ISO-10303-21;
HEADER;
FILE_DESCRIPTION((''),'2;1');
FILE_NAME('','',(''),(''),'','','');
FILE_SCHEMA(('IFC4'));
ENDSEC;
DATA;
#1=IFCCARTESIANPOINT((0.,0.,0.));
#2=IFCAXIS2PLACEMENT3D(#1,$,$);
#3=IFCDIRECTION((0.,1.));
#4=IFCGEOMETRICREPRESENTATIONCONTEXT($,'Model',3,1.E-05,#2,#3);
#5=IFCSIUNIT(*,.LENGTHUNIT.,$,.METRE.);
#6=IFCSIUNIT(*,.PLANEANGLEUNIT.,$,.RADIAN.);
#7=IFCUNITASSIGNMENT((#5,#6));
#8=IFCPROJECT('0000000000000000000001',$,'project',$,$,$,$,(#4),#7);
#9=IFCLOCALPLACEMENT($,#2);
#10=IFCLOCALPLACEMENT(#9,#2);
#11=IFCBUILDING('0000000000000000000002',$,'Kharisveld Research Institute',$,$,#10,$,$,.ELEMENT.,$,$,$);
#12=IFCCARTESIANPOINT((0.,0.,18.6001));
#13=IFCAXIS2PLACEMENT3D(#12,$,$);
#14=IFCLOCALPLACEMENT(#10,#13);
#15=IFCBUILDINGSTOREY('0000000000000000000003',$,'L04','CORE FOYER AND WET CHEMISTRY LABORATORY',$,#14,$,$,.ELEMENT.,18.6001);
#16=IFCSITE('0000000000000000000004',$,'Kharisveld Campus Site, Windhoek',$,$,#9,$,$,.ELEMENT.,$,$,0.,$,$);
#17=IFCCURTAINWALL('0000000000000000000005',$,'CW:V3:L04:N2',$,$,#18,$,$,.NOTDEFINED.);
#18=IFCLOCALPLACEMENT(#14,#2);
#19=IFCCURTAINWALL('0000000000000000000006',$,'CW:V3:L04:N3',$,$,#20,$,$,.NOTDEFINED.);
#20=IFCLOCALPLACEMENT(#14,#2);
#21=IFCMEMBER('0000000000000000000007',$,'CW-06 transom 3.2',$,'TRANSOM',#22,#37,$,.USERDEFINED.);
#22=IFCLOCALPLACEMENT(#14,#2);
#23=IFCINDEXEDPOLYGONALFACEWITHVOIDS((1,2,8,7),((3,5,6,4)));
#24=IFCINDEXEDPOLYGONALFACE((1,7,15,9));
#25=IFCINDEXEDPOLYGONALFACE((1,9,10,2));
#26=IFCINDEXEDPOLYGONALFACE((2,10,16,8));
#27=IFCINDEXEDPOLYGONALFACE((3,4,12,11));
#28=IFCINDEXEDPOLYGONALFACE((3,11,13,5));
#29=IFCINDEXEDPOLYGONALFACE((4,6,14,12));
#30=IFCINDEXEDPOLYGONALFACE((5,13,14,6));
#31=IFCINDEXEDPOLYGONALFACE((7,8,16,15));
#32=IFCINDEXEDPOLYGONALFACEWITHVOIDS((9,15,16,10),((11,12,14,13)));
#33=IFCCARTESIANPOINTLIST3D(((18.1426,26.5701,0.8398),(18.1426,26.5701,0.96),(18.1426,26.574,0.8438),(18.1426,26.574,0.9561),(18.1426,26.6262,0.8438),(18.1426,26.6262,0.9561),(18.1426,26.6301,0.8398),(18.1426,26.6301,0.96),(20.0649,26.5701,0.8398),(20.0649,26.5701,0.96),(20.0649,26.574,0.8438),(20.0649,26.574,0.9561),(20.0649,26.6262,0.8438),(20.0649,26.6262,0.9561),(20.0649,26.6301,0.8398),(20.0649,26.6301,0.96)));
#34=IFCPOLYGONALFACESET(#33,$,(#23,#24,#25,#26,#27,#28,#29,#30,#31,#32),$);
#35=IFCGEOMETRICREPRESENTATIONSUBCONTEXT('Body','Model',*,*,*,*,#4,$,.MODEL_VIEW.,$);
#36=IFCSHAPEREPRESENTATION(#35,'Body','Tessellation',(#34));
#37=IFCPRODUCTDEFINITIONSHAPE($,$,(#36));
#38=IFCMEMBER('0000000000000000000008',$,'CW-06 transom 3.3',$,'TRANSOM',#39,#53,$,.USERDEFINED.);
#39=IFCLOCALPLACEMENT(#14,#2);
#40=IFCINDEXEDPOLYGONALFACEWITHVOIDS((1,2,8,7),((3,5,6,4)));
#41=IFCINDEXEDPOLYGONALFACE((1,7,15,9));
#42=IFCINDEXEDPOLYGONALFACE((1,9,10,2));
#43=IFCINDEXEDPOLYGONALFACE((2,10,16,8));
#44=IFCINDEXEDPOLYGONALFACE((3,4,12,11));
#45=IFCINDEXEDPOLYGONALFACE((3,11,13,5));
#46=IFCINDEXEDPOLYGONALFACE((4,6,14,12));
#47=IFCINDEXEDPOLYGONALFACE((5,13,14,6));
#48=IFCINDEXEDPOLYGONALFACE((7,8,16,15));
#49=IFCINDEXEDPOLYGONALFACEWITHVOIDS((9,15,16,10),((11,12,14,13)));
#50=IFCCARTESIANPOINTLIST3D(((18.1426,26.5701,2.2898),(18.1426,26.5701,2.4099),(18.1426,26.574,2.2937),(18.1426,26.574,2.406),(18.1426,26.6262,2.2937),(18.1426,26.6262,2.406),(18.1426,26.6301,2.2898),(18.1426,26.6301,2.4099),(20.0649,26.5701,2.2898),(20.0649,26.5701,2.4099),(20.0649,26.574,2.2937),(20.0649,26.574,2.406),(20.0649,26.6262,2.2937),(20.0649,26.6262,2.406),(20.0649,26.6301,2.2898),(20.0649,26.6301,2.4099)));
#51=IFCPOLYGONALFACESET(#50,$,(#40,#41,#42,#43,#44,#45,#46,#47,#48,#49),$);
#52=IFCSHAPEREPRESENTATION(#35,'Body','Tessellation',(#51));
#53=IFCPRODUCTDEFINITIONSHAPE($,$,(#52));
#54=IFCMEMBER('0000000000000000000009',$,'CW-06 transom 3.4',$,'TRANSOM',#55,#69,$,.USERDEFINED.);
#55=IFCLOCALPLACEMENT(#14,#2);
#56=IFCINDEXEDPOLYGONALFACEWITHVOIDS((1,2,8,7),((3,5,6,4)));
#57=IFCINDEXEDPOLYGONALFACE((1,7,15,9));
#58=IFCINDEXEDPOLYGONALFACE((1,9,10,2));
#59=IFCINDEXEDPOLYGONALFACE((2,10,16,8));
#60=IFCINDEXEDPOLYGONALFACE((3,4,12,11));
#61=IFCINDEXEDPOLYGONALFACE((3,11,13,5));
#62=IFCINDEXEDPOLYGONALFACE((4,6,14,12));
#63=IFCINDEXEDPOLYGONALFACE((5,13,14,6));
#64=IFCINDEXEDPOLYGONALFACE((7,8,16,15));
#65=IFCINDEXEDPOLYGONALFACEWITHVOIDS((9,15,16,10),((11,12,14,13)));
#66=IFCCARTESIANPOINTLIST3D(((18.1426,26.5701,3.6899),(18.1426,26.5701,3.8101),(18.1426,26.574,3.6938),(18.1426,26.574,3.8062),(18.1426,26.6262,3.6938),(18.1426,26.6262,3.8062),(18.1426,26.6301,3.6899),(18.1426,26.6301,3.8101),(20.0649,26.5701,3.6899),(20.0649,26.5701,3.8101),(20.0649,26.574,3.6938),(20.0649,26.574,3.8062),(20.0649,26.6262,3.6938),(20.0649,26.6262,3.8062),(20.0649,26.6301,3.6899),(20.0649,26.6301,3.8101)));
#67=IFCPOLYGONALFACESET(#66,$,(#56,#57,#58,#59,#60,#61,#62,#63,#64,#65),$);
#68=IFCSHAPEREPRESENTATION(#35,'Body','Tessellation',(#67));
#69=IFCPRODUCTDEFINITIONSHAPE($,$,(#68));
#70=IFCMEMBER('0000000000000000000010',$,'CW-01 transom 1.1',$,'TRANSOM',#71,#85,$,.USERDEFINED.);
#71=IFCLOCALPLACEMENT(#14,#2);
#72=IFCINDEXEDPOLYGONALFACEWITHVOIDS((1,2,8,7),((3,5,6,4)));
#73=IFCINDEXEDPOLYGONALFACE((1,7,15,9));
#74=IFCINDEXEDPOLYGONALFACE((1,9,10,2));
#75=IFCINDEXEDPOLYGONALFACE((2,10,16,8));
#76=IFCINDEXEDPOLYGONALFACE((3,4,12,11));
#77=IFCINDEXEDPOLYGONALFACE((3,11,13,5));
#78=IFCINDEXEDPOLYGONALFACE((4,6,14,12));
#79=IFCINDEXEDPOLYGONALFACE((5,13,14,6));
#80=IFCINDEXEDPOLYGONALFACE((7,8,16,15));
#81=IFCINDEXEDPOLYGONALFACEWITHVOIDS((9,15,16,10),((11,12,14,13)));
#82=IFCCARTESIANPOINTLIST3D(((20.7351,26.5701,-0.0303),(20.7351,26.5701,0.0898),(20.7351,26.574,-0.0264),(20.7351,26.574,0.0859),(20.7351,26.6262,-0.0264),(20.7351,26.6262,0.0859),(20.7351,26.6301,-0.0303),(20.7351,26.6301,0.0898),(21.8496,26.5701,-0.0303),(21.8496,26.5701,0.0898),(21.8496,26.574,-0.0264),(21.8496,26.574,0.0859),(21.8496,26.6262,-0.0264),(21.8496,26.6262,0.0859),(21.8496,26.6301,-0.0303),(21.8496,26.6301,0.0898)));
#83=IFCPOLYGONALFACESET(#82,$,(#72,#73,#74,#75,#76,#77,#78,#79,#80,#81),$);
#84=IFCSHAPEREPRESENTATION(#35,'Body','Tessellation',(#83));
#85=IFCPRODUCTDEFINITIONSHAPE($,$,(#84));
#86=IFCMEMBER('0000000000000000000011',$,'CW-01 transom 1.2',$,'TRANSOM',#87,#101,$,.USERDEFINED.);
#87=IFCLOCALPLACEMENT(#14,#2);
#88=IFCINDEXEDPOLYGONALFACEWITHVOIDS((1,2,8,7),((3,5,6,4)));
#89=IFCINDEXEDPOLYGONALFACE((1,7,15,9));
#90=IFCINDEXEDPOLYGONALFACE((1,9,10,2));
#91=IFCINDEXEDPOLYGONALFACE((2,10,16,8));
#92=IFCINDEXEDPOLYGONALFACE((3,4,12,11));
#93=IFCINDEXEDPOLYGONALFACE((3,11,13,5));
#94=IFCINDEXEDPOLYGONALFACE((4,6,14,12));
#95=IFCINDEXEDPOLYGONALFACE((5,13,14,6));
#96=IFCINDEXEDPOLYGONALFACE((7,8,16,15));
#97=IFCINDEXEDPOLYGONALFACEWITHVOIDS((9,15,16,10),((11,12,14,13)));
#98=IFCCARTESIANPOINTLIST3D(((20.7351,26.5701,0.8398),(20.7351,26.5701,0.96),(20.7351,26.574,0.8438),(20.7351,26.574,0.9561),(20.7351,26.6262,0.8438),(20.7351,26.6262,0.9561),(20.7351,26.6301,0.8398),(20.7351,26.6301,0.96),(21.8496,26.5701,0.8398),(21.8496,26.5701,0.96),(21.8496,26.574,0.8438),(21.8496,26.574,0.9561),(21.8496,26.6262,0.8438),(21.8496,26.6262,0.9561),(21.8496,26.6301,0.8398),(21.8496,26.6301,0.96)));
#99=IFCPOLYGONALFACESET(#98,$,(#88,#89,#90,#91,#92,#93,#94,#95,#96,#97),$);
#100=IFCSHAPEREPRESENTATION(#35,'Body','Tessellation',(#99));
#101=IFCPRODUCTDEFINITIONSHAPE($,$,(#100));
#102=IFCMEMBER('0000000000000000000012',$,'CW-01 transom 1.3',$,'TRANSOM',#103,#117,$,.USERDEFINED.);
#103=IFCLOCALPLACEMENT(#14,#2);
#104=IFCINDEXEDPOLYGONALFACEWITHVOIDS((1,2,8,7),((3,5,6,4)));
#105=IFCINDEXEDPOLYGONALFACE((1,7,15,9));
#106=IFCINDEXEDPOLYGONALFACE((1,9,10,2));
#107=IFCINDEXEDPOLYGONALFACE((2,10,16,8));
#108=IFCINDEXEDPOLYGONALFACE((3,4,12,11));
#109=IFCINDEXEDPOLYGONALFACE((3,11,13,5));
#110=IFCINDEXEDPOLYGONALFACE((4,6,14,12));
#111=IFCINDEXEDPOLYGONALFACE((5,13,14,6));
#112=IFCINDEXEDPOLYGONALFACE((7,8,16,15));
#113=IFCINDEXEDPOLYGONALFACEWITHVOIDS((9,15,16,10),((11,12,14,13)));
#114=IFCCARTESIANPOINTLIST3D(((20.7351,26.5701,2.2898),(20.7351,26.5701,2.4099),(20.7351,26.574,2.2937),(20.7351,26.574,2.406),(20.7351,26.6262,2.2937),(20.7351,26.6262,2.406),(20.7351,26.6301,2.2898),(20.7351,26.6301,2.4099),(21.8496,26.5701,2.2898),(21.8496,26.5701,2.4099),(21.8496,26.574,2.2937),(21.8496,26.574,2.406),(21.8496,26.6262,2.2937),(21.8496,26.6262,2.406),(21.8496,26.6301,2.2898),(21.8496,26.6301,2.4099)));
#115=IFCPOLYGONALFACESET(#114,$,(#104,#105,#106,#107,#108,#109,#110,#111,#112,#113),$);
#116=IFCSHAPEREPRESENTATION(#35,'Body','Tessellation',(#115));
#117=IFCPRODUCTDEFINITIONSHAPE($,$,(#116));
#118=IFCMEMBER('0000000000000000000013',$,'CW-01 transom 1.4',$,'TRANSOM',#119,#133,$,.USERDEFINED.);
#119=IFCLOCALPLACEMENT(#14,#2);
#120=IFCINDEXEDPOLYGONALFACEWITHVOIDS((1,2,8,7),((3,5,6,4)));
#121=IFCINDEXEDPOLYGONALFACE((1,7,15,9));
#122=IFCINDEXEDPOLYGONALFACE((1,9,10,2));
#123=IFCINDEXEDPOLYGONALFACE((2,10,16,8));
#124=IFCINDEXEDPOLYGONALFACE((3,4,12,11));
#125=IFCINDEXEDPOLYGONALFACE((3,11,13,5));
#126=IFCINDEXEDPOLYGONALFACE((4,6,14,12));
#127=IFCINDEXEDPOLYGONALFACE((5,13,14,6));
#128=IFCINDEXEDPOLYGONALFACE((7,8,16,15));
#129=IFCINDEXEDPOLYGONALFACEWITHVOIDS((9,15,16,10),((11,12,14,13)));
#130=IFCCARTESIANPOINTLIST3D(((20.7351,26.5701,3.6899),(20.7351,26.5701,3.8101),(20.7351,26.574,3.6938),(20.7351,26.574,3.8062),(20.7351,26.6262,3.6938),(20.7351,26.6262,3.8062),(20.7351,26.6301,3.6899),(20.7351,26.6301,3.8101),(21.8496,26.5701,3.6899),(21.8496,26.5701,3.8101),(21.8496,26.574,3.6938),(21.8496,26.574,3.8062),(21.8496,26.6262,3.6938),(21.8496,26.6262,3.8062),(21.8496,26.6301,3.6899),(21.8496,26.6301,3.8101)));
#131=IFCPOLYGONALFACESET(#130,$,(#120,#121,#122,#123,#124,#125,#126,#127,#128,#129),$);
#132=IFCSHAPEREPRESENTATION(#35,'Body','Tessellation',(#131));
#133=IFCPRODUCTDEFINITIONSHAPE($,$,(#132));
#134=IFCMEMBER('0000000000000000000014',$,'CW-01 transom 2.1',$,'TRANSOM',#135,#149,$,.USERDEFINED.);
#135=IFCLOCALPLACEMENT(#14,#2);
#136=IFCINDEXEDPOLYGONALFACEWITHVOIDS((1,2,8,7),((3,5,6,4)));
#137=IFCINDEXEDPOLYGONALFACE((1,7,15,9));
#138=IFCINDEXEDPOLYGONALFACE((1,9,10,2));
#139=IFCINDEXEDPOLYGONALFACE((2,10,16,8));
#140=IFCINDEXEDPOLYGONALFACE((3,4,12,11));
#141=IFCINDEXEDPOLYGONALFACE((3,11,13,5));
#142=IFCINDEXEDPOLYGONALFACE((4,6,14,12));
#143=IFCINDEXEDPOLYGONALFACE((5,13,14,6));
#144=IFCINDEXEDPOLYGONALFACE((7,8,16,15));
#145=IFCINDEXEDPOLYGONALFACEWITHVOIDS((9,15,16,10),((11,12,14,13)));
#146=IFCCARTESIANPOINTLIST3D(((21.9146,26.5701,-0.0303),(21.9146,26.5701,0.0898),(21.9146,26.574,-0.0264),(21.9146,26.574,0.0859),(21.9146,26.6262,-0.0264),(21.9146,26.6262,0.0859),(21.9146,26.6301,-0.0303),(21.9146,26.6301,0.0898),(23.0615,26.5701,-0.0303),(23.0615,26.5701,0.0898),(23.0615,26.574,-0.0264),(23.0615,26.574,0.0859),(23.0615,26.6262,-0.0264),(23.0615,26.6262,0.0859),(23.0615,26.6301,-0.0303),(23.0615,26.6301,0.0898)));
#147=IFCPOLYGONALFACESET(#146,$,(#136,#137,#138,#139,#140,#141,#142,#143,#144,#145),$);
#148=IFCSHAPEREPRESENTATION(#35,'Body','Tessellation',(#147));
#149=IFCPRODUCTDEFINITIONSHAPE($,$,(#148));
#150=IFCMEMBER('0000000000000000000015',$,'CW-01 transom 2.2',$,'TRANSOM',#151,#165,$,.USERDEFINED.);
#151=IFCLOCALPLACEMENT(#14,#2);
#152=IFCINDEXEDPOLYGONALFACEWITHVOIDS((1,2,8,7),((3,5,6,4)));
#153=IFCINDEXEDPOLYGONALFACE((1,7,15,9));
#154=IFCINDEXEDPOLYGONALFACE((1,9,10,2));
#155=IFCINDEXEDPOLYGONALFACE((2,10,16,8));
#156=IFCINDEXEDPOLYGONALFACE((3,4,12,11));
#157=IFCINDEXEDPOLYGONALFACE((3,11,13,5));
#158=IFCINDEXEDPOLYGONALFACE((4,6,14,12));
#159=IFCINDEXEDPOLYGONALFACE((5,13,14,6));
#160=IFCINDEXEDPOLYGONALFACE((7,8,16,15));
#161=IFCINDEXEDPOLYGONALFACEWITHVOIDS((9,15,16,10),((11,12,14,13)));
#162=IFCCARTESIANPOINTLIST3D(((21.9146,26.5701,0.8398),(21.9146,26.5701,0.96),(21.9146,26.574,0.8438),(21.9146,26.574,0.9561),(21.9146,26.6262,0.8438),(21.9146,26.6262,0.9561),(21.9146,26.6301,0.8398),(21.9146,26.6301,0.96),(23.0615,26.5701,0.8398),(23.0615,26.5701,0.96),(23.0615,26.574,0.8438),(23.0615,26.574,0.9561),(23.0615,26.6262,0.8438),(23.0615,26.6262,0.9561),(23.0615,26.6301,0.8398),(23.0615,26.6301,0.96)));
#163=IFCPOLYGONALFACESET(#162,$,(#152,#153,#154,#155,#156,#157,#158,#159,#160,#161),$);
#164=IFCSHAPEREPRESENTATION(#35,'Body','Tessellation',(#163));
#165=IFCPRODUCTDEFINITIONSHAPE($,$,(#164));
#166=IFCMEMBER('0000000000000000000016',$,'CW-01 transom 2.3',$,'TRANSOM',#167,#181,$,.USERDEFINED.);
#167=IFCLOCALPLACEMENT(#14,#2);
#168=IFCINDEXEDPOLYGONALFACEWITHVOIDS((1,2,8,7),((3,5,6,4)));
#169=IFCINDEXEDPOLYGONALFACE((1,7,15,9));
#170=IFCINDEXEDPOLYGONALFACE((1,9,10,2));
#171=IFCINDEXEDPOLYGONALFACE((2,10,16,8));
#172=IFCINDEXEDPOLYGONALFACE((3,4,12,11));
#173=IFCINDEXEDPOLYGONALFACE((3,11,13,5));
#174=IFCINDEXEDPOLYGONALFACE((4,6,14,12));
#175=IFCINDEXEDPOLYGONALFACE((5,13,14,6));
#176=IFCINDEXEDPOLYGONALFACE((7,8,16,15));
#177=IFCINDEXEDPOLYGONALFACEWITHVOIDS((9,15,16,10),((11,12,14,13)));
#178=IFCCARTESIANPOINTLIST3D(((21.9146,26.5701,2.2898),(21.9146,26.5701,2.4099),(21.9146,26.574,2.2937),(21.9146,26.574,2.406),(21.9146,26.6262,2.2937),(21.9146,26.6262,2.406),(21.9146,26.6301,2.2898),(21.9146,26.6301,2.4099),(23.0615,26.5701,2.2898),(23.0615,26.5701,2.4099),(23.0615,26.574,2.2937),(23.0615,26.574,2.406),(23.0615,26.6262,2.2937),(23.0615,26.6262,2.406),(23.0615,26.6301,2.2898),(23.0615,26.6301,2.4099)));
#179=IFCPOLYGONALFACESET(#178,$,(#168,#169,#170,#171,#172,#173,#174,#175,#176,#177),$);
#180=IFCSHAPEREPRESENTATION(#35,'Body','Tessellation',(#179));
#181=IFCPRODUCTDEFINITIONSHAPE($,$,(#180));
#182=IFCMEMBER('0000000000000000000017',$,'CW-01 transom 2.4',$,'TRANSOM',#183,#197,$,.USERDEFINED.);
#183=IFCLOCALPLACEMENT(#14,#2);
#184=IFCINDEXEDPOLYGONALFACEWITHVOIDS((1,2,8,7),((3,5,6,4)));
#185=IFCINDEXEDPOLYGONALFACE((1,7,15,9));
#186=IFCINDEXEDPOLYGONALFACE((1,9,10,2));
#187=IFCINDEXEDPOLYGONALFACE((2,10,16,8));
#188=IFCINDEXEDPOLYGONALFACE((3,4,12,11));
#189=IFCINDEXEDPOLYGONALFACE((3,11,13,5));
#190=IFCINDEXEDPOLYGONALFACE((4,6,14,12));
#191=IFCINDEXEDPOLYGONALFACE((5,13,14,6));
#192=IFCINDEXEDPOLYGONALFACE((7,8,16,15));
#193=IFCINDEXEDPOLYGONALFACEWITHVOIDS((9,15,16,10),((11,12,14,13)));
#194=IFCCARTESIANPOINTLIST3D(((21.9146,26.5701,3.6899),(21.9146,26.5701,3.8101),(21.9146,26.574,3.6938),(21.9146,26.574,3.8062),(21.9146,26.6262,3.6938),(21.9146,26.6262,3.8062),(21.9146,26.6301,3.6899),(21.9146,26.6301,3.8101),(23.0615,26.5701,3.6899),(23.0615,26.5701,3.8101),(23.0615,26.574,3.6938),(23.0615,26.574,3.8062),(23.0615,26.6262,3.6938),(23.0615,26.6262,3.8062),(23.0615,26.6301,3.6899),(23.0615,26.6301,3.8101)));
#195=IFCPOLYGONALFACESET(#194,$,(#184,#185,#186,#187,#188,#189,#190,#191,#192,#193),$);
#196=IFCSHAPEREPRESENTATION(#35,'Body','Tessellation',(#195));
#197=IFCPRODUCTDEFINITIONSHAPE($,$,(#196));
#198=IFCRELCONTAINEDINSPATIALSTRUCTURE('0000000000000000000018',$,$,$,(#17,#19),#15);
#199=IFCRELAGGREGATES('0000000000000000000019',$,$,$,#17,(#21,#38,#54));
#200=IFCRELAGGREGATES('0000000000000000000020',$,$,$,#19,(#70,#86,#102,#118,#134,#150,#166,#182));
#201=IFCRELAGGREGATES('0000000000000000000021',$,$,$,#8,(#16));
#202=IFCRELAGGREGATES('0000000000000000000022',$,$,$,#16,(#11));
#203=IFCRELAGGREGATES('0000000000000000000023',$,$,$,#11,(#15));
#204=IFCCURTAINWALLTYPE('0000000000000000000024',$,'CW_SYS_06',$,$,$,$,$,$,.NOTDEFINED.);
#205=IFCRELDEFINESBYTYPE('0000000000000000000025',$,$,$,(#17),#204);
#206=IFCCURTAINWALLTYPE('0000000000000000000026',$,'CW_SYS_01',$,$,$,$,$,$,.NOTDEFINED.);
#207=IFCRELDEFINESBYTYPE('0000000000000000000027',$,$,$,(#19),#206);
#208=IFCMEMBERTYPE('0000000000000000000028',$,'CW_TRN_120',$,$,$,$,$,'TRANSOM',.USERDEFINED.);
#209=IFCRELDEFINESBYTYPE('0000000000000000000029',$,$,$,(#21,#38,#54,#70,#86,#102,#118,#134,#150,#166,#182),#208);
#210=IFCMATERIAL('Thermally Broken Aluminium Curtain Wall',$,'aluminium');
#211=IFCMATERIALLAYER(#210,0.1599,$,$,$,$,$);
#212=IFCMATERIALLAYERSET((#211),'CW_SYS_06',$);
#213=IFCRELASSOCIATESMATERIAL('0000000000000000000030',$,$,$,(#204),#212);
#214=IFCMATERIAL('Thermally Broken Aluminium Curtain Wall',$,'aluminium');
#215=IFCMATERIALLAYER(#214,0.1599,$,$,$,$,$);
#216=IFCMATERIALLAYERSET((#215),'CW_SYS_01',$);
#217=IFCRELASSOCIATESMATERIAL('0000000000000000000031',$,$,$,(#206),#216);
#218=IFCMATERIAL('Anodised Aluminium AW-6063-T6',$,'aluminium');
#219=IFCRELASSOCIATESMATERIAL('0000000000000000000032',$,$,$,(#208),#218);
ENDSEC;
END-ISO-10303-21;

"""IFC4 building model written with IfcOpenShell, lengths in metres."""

from ifc_helpers import new_model, si_unit, direction, frame, origin, origin_2d, place, context, subcontext, project, spatial, hollow_rectangle, extrude, material, layer, layer_set, material_profile, profile_set, type_object, element, aggregate, save


model = new_model("IFC4")

# Units and contexts
model_context = context("Model", 3, precision=1e-05, world=origin(), true_north=direction((0.0, 1.0)))
body_context = subcontext(model_context, "Body", "Model", "MODEL_VIEW")
ifc_project = project(units=[si_unit("LENGTHUNIT", "METRE"), si_unit("PLANEANGLEUNIT", "RADIAN")], contexts=[model_context])

# Site, building, storey
site_placement = place(None, origin())
site = spatial("IfcSite", under=ifc_project, at=site_placement, Name="Kharisveld Campus Site, Windhoek", CompositionType="ELEMENT", RefElevation=0.0)
building_placement = place(site_placement, origin())
building = spatial("IfcBuilding", under=site, at=building_placement, Name="Kharisveld Research Institute", CompositionType="ELEMENT")
storey_placement = place(building_placement, frame((0.0, 0.0, 18.6001)))
storey = spatial("IfcBuildingStorey", under=building, at=storey_placement, Name="L04", Description="CORE FOYER AND WET CHEMISTRY LABORATORY", CompositionType="ELEMENT", Elevation=18.6001)

# Curtain walls
ifc_material_1 = material(Name="Thermally Broken Aluminium Curtain Wall", Category="aluminium")
ifc_layer_1 = layer(ifc_material_1, 0.1599)
ifc_layer_set_1 = layer_set([ifc_layer_1], Name="CW_SYS_06")
curtain_wall_type_1 = type_object("IfcCurtainWallType", Name="CW_SYS_06", PredefinedType="NOTDEFINED", material=ifc_layer_set_1)
curtain_wall_1_placement = place(storey_placement, origin())
curtain_wall_1 = element("IfcCurtainWall", 1, at=curtain_wall_1_placement, inside=storey, type_object=curtain_wall_type_1, Name="CW:V3:L04:N2", PredefinedType="NOTDEFINED")
ifc_material_2 = material(Name="Thermally Broken Aluminium Curtain Wall", Category="aluminium")
ifc_layer_2 = layer(ifc_material_2, 0.1599)
ifc_layer_set_2 = layer_set([ifc_layer_2], Name="CW_SYS_01")
curtain_wall_type_2 = type_object("IfcCurtainWallType", Name="CW_SYS_01", PredefinedType="NOTDEFINED", material=ifc_layer_set_2)
curtain_wall_2_placement = place(storey_placement, origin())
curtain_wall_2 = element("IfcCurtainWall", 2, at=curtain_wall_2_placement, inside=storey, type_object=curtain_wall_type_2, Name="CW:V3:L04:N3", PredefinedType="NOTDEFINED")

# Members
ifc_material_3 = material(Name="Anodised Aluminium AW-6063-T6", Category="aluminium")
ifc_material_profile_1 = material_profile(ifc_material_3, hollow_rectangle(XDim=0.0601, YDim=0.1201, WallThickness=0.0039, at=origin_2d()))
ifc_profile_set_1 = profile_set([ifc_material_profile_1], Name="Anodised Aluminium AW-6063-T6")
member_type_1 = type_object("IfcMemberType", Name="CW_TRN_120", ElementType="TRANSOM", PredefinedType="USERDEFINED", material=ifc_profile_set_1)
member_1_placement = place(storey_placement, frame((18.1426, 26.6001, 0.8999), z_axis=(1.0, 0.0, 0.0), x_axis=(0.0, 1.0, 0.0)))
member_1 = element("IfcMember", 3, at=member_1_placement, type_object=member_type_1, Name="CW-06 transom 3.2", ObjectType="TRANSOM", PredefinedType="USERDEFINED", context=body_context, shape_type="SweptSolid", body=[
    extrude(hollow_rectangle(XDim=0.0601, YDim=0.1201, WallThickness=0.0039, at=origin_2d()), origin(), (0.0, 0.0, 1.0), 1.9224),
])
member_2_placement = place(storey_placement, frame((18.1426, 26.6001, 2.3499), z_axis=(1.0, 0.0, 0.0), x_axis=(0.0, 1.0, 0.0)))
member_2 = element("IfcMember", 4, at=member_2_placement, type_object=member_type_1, Name="CW-06 transom 3.3", ObjectType="TRANSOM", PredefinedType="USERDEFINED", context=body_context, shape_type="SweptSolid", body=[
    extrude(hollow_rectangle(XDim=0.0601, YDim=0.1201, WallThickness=0.0039, at=origin_2d()), origin(), (0.0, 0.0, 1.0), 1.9224),
])
member_3_placement = place(storey_placement, frame((18.1426, 26.6001, 3.75), z_axis=(1.0, 0.0, 0.0), x_axis=(0.0, 1.0, 0.0)))
member_3 = element("IfcMember", 5, at=member_3_placement, type_object=member_type_1, Name="CW-06 transom 3.4", ObjectType="TRANSOM", PredefinedType="USERDEFINED", context=body_context, shape_type="SweptSolid", body=[
    extrude(hollow_rectangle(XDim=0.0601, YDim=0.1201, WallThickness=0.0039, at=origin_2d()), origin(), (0.0, 0.0, 1.0), 1.9224),
])
member_4_placement = place(storey_placement, frame((20.7351, 26.6001, 0.0298), z_axis=(1.0, 0.0, 0.0), x_axis=(0.0, 1.0, 0.0)))
member_4 = element("IfcMember", 6, at=member_4_placement, type_object=member_type_1, Name="CW-01 transom 1.1", ObjectType="TRANSOM", PredefinedType="USERDEFINED", context=body_context, shape_type="SweptSolid", body=[
    extrude(hollow_rectangle(XDim=0.0601, YDim=0.1201, WallThickness=0.0039, at=origin_2d()), origin(), (0.0, 0.0, 1.0), 1.1145),
])
member_5_placement = place(storey_placement, frame((20.7351, 26.6001, 0.8999), z_axis=(1.0, 0.0, 0.0), x_axis=(0.0, 1.0, 0.0)))
member_5 = element("IfcMember", 7, at=member_5_placement, type_object=member_type_1, Name="CW-01 transom 1.2", ObjectType="TRANSOM", PredefinedType="USERDEFINED", context=body_context, shape_type="SweptSolid", body=[
    extrude(hollow_rectangle(XDim=0.0601, YDim=0.1201, WallThickness=0.0039, at=origin_2d()), origin(), (0.0, 0.0, 1.0), 1.1145),
])
member_6_placement = place(storey_placement, frame((20.7351, 26.6001, 2.3499), z_axis=(1.0, 0.0, 0.0), x_axis=(0.0, 1.0, 0.0)))
member_6 = element("IfcMember", 8, at=member_6_placement, type_object=member_type_1, Name="CW-01 transom 1.3", ObjectType="TRANSOM", PredefinedType="USERDEFINED", context=body_context, shape_type="SweptSolid", body=[
    extrude(hollow_rectangle(XDim=0.0601, YDim=0.1201, WallThickness=0.0039, at=origin_2d()), origin(), (0.0, 0.0, 1.0), 1.1145),
])
member_7_placement = place(storey_placement, frame((20.7351, 26.6001, 3.75), z_axis=(1.0, 0.0, 0.0), x_axis=(0.0, 1.0, 0.0)))
member_7 = element("IfcMember", 9, at=member_7_placement, type_object=member_type_1, Name="CW-01 transom 1.4", ObjectType="TRANSOM", PredefinedType="USERDEFINED", context=body_context, shape_type="SweptSolid", body=[
    extrude(hollow_rectangle(XDim=0.0601, YDim=0.1201, WallThickness=0.0039, at=origin_2d()), origin(), (0.0, 0.0, 1.0), 1.1145),
])
member_8_placement = place(storey_placement, frame((21.9146, 26.6001, 0.0298), z_axis=(1.0, 0.0, 0.0), x_axis=(0.0, 1.0, 0.0)))
member_8 = element("IfcMember", 10, at=member_8_placement, type_object=member_type_1, Name="CW-01 transom 2.1", ObjectType="TRANSOM", PredefinedType="USERDEFINED", context=body_context, shape_type="SweptSolid", body=[
    extrude(hollow_rectangle(XDim=0.0601, YDim=0.1201, WallThickness=0.0039, at=origin_2d()), origin(), (0.0, 0.0, 1.0), 1.147),
])
member_9_placement = place(storey_placement, frame((21.9146, 26.6001, 0.8999), z_axis=(1.0, 0.0, 0.0), x_axis=(0.0, 1.0, 0.0)))
member_9 = element("IfcMember", 11, at=member_9_placement, type_object=member_type_1, Name="CW-01 transom 2.2", ObjectType="TRANSOM", PredefinedType="USERDEFINED", context=body_context, shape_type="SweptSolid", body=[
    extrude(hollow_rectangle(XDim=0.0601, YDim=0.1201, WallThickness=0.0039, at=origin_2d()), origin(), (0.0, 0.0, 1.0), 1.147),
])
member_10_placement = place(storey_placement, frame((21.9146, 26.6001, 2.3499), z_axis=(1.0, 0.0, 0.0), x_axis=(0.0, 1.0, 0.0)))
member_10 = element("IfcMember", 12, at=member_10_placement, type_object=member_type_1, Name="CW-01 transom 2.3", ObjectType="TRANSOM", PredefinedType="USERDEFINED", context=body_context, shape_type="SweptSolid", body=[
    extrude(hollow_rectangle(XDim=0.0601, YDim=0.1201, WallThickness=0.0039, at=origin_2d()), origin(), (0.0, 0.0, 1.0), 1.147),
])
member_11_placement = place(storey_placement, frame((21.9146, 26.6001, 3.75), z_axis=(1.0, 0.0, 0.0), x_axis=(0.0, 1.0, 0.0)))
member_11 = element("IfcMember", 13, at=member_11_placement, type_object=member_type_1, Name="CW-01 transom 2.4", ObjectType="TRANSOM", PredefinedType="USERDEFINED", context=body_context, shape_type="SweptSolid", body=[
    extrude(hollow_rectangle(XDim=0.0601, YDim=0.1201, WallThickness=0.0039, at=origin_2d()), origin(), (0.0, 0.0, 1.0), 1.147),
])

aggregate(curtain_wall_1, [member_1, member_2, member_3])
aggregate(curtain_wall_2, [member_4, member_5, member_6, member_7, member_8, member_9, member_10, member_11])

save(model, "model.ifc")
